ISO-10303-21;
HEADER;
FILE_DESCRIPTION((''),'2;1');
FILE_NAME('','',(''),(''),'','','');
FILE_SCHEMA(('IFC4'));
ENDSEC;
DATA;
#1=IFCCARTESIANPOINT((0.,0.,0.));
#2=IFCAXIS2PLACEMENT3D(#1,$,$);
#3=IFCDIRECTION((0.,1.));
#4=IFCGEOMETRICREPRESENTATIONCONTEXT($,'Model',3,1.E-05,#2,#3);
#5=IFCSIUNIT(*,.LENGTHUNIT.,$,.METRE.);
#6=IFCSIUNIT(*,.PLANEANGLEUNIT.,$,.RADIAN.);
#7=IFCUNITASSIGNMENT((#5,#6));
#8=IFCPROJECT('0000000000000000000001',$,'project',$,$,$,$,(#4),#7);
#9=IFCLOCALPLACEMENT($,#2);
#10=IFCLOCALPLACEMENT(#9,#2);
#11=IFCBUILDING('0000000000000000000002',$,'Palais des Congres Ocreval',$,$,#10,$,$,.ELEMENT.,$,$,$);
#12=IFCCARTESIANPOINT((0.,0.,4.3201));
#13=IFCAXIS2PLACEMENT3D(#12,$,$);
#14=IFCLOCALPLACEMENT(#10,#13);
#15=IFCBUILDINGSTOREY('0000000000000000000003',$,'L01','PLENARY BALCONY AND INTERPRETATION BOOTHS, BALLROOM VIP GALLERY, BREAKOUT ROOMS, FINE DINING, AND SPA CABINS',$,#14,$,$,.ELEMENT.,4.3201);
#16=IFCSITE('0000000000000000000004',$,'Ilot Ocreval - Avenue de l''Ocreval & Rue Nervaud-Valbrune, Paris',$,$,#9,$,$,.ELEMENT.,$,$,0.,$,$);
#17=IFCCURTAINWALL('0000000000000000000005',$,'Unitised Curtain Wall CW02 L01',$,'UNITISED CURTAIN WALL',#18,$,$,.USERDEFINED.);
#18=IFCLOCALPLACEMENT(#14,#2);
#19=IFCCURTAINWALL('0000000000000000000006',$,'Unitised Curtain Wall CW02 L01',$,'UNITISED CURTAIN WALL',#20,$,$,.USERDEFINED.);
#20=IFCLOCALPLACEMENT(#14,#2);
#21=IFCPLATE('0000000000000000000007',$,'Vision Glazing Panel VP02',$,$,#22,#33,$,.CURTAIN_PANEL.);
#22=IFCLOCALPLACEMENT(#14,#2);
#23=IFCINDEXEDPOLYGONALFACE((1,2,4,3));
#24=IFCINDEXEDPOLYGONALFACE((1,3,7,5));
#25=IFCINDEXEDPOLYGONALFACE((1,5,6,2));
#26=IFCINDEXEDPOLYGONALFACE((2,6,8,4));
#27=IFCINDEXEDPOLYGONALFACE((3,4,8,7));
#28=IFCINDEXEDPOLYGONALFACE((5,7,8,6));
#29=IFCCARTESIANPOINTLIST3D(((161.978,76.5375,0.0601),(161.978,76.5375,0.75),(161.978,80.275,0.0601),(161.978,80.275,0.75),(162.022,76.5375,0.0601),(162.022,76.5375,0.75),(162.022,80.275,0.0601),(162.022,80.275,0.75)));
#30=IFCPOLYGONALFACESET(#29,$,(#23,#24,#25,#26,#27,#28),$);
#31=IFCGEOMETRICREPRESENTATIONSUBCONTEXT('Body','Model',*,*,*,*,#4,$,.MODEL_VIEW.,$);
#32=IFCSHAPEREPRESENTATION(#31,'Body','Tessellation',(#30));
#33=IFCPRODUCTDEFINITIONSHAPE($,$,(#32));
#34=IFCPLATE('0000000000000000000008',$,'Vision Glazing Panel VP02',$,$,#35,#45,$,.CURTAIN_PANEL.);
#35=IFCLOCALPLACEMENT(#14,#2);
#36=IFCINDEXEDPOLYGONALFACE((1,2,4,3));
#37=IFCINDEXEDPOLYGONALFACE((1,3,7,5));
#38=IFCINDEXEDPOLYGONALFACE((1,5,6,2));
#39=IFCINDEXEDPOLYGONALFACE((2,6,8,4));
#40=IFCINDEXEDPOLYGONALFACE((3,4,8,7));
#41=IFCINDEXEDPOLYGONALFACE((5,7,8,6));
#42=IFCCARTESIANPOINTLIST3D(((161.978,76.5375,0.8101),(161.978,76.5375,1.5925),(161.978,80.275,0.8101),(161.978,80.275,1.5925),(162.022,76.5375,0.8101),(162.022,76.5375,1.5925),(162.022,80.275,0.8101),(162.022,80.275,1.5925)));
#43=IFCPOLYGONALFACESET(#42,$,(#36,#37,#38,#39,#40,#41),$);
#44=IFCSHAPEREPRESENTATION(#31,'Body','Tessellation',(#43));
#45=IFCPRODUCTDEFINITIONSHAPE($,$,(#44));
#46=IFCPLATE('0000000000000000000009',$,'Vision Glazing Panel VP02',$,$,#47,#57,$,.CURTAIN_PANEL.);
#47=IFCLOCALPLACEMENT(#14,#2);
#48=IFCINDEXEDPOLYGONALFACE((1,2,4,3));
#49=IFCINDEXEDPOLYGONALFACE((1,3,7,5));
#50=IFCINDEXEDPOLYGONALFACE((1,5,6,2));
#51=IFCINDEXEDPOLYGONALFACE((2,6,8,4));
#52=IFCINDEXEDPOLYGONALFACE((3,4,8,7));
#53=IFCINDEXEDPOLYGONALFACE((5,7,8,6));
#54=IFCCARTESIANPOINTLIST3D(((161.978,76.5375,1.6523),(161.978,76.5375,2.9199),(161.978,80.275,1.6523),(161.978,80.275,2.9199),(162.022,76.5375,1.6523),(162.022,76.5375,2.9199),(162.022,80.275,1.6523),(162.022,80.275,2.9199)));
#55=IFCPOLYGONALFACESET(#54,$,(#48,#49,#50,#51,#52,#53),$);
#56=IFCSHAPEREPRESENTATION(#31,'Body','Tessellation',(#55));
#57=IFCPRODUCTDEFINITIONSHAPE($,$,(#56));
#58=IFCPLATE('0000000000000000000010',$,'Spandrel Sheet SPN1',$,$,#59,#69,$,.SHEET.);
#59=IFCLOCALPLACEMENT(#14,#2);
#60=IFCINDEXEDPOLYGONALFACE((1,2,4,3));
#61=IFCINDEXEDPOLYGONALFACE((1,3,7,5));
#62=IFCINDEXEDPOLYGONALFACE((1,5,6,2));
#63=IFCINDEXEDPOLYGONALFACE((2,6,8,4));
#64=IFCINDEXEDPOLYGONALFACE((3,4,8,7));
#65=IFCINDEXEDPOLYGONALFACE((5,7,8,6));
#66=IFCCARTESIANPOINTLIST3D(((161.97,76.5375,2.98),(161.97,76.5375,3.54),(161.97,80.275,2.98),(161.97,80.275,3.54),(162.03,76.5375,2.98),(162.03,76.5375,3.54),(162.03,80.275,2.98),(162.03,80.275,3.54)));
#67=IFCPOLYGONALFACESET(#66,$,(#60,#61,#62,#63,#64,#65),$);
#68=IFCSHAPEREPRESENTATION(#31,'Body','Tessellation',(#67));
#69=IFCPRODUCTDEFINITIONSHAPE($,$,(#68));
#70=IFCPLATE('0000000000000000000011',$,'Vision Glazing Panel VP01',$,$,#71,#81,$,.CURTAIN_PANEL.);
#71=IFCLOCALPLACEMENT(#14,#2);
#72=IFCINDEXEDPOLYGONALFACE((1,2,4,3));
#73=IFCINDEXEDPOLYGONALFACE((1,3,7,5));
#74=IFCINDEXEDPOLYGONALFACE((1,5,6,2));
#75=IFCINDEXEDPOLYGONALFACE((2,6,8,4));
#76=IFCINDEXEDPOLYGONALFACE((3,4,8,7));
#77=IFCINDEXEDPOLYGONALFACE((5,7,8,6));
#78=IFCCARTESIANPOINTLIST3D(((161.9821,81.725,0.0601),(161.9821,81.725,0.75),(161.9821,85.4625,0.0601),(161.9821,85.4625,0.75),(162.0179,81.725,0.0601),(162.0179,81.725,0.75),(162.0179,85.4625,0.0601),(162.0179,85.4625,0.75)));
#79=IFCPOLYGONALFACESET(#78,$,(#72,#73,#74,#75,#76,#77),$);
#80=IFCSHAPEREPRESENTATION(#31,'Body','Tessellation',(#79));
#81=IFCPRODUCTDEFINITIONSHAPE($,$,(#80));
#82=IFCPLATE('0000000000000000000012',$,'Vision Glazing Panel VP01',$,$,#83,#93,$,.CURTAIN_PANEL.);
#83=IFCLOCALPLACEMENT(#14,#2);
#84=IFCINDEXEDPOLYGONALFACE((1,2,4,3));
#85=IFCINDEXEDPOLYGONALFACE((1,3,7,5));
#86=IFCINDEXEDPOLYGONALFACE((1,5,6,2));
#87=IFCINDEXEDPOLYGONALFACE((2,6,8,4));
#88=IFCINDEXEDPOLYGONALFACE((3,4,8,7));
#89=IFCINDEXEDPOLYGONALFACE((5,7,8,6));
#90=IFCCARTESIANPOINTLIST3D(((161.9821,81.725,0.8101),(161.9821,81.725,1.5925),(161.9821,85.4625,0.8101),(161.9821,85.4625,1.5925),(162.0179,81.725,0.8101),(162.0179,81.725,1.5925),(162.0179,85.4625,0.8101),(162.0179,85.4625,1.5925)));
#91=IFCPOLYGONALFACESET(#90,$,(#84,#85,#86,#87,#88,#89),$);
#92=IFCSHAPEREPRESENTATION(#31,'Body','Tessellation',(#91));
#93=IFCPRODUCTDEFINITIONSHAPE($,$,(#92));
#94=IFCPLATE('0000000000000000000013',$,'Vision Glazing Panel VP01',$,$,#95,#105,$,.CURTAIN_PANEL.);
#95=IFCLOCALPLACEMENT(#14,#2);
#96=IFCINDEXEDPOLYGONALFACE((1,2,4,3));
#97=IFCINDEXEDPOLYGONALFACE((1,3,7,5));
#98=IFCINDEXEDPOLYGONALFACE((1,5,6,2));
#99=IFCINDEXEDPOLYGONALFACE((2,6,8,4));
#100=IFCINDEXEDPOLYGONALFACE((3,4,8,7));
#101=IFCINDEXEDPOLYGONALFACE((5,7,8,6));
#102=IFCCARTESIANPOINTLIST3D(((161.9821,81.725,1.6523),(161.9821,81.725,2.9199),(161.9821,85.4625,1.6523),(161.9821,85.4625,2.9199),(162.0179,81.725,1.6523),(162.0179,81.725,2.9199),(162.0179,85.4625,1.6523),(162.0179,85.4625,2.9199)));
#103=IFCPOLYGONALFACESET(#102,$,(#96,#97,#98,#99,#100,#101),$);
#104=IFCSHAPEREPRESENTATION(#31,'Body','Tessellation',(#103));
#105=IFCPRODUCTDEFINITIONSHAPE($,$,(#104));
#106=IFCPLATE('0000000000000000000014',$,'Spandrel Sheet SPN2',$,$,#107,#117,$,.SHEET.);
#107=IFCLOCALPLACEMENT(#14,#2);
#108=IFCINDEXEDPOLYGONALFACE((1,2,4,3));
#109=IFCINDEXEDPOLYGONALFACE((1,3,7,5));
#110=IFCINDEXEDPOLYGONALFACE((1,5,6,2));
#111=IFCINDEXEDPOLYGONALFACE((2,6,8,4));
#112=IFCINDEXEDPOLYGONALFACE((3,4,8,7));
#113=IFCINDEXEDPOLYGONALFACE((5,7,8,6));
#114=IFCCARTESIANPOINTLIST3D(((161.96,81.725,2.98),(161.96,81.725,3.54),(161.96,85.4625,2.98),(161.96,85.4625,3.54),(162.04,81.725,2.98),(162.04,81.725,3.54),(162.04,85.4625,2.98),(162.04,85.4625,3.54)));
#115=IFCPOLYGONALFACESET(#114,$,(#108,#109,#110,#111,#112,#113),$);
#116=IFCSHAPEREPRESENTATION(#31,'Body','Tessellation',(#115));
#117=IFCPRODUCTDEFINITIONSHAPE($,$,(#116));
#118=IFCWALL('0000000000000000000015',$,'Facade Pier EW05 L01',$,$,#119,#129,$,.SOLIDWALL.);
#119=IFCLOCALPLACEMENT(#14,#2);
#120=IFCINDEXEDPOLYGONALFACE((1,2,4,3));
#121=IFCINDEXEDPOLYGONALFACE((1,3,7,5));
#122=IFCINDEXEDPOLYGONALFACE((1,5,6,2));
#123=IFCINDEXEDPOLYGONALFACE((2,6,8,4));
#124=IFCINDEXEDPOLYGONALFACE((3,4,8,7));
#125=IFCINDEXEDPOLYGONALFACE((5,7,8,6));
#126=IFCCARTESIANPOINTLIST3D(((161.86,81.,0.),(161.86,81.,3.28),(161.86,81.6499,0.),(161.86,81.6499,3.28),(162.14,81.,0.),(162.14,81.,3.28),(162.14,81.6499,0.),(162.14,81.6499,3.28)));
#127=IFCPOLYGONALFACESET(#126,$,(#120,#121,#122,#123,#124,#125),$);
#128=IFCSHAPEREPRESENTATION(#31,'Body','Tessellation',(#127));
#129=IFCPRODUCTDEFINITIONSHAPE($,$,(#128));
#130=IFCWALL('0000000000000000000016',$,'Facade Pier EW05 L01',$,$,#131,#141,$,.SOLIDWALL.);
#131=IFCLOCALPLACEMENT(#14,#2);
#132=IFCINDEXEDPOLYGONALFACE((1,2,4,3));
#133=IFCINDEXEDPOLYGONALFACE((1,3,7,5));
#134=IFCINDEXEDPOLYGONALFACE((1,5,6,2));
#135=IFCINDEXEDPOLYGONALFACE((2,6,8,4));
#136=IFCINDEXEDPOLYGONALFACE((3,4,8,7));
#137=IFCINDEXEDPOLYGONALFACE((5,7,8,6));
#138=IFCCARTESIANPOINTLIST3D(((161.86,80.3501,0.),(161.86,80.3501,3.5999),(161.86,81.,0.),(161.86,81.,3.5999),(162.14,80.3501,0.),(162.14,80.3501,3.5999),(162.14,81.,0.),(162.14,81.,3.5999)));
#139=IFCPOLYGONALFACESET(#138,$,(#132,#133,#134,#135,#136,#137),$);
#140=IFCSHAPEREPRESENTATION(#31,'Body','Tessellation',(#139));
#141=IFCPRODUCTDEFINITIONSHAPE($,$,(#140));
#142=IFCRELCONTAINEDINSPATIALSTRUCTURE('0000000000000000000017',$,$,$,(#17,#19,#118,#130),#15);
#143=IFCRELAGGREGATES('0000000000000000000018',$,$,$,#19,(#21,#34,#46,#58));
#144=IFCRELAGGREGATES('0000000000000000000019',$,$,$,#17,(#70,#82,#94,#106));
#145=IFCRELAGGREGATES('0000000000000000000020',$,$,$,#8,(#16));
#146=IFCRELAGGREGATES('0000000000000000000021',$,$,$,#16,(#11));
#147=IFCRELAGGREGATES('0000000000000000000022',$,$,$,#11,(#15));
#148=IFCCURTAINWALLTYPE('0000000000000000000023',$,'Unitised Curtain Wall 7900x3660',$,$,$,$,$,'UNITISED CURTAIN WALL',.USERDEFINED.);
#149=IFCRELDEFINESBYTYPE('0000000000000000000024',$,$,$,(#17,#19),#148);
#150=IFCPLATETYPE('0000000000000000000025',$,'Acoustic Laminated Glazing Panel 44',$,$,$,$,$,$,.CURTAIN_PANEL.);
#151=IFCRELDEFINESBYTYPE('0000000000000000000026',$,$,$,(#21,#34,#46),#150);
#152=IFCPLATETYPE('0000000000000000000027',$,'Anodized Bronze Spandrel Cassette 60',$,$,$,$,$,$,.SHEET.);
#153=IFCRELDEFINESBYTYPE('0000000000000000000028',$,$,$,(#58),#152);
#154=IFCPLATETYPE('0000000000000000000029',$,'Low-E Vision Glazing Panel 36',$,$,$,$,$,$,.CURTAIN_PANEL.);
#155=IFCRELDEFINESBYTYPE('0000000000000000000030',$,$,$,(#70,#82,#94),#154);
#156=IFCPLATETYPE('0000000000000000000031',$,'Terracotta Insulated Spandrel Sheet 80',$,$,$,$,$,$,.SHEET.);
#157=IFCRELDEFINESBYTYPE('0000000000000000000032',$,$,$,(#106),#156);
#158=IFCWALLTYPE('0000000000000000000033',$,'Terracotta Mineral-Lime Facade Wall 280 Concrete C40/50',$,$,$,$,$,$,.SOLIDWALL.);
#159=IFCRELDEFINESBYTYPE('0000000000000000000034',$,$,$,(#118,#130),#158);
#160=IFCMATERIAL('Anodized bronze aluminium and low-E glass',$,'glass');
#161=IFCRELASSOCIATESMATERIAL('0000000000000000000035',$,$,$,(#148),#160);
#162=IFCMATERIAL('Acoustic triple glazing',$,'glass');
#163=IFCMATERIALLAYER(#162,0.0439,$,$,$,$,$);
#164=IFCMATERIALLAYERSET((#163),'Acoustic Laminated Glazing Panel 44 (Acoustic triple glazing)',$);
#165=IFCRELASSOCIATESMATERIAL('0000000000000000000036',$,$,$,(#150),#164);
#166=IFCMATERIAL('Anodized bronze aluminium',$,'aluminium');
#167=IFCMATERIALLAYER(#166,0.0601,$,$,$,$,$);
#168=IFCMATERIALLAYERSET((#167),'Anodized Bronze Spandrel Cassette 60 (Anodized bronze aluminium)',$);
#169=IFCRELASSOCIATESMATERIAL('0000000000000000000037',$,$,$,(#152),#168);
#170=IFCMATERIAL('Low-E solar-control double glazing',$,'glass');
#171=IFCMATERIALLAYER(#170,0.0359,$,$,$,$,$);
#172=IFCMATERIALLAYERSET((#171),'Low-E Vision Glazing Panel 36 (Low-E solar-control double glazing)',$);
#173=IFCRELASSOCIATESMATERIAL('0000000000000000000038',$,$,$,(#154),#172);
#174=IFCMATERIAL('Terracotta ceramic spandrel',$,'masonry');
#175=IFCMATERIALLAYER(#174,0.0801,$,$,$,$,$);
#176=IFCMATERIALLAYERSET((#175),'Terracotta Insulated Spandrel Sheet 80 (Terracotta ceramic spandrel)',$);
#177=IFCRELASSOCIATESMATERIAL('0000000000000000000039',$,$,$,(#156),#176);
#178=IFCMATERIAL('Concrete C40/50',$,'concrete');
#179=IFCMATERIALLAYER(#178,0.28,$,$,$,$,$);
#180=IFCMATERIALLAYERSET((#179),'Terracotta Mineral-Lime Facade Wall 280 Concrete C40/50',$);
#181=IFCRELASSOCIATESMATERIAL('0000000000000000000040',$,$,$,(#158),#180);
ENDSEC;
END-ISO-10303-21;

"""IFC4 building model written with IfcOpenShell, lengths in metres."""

from ifc_helpers import new_model, si_unit, direction, frame, frame_2d, origin, origin_2d, place, context, subcontext, project, spatial, rectangle, extrude, material, layer, layer_set, type_object, element, aggregate, save


model = new_model("IFC4")

# Units and contexts
model_context = context("Model", 3, precision=1e-05, world=origin(), true_north=direction((0.0, 1.0)))
body_context = subcontext(model_context, "Body", "Model", "MODEL_VIEW")
ifc_project = project(units=[si_unit("LENGTHUNIT", "METRE"), si_unit("PLANEANGLEUNIT", "RADIAN")], contexts=[model_context])

# Site, building, storey
site_placement = place(None, origin())
site = spatial("IfcSite", under=ifc_project, at=site_placement, Name="Ilot Ocreval - Avenue de l'Ocreval & Rue Nervaud-Valbrune, Paris", CompositionType="ELEMENT", RefElevation=0.0)
building_placement = place(site_placement, origin())
building = spatial("IfcBuilding", under=site, at=building_placement, Name="Palais des Congres Ocreval", CompositionType="ELEMENT")
storey_placement = place(building_placement, frame((0.0, 0.0, 4.3201)))
storey = spatial("IfcBuildingStorey", under=building, at=storey_placement, Name="L01", Description="PLENARY BALCONY AND INTERPRETATION BOOTHS, BALLROOM VIP GALLERY, BREAKOUT ROOMS, FINE DINING, AND SPA CABINS", CompositionType="ELEMENT", Elevation=4.3201)

# Curtain wall
ifc_material_1 = material(Name="Anodized bronze aluminium and low-E glass", Category="glass")
curtain_wall_type = type_object("IfcCurtainWallType", Name="Unitised Curtain Wall 7900x3660", ElementType="UNITISED CURTAIN WALL", PredefinedType="USERDEFINED", material=ifc_material_1)
curtain_wall_1_placement = place(storey_placement, origin())
curtain_wall_1 = element("IfcCurtainWall", 1, at=curtain_wall_1_placement, inside=storey, type_object=curtain_wall_type, Name="Unitised Curtain Wall CW02 L01", ObjectType="UNITISED CURTAIN WALL", PredefinedType="USERDEFINED")
ifc_material_2 = material(Name="Anodized bronze aluminium", Category="aluminium")

# Curtain wall
curtain_wall_2_placement = place(storey_placement, origin())
curtain_wall_2 = element("IfcCurtainWall", 2, at=curtain_wall_2_placement, inside=storey, type_object=curtain_wall_type, Name="Unitised Curtain Wall CW02 L01", ObjectType="UNITISED CURTAIN WALL", PredefinedType="USERDEFINED")

# Plates
ifc_material_3 = material(Name="Acoustic triple glazing", Category="glass")
ifc_layer_1 = layer(ifc_material_3, 0.0439)
ifc_layer_set_1 = layer_set([ifc_layer_1], Name="Acoustic Laminated Glazing Panel 44 (Acoustic triple glazing)")
plate_type_1 = type_object("IfcPlateType", Name="Acoustic Laminated Glazing Panel 44", PredefinedType="CURTAIN_PANEL", material=ifc_layer_set_1)
plate_1_placement = place(storey_placement, frame((162.0, 78.4062, 0.0601), z_axis=(0.0, 0.0, 1.0), x_axis=(0.0, -1.0, 0.0)))
plate_1 = element("IfcPlate", 3, at=plate_1_placement, type_object=plate_type_1, Name="Vision Glazing Panel VP02", PredefinedType="CURTAIN_PANEL", context=body_context, shape_type="SweptSolid", body=[
    extrude(rectangle(XDim=3.7375, YDim=0.0439, at=origin_2d()), origin(), (0.0, 0.0, 1.0), 0.6899),
])
plate_2_placement = place(storey_placement, frame((162.0, 78.4062, 0.8101), z_axis=(0.0, 0.0, 1.0), x_axis=(0.0, -1.0, 0.0)))
plate_2 = element("IfcPlate", 4, at=plate_2_placement, type_object=plate_type_1, Name="Vision Glazing Panel VP02", PredefinedType="CURTAIN_PANEL", context=body_context, shape_type="SweptSolid", body=[
    extrude(rectangle(XDim=3.7375, YDim=0.0439, at=origin_2d()), origin(), (0.0, 0.0, 1.0), 0.7825),
])
plate_3_placement = place(storey_placement, frame((162.0, 78.4062, 1.6523), z_axis=(0.0, 0.0, 1.0), x_axis=(0.0, -1.0, 0.0)))
plate_3 = element("IfcPlate", 5, at=plate_3_placement, type_object=plate_type_1, Name="Vision Glazing Panel VP02", PredefinedType="CURTAIN_PANEL", context=body_context, shape_type="SweptSolid", body=[
    extrude(rectangle(XDim=3.7375, YDim=0.0439, at=origin_2d()), origin(), (0.0, 0.0, 1.0), 1.2676),
])
ifc_layer_2 = layer(ifc_material_2, 0.0601)
ifc_layer_set_2 = layer_set([ifc_layer_2], Name="Anodized Bronze Spandrel Cassette 60 (Anodized bronze aluminium)")
plate_type_2 = type_object("IfcPlateType", Name="Anodized Bronze Spandrel Cassette 60", PredefinedType="SHEET", material=ifc_layer_set_2)
plate_4_placement = place(storey_placement, frame((162.0, 78.4062, 2.98), z_axis=(0.0, 0.0, 1.0), x_axis=(0.0, -1.0, 0.0)))
plate_4 = element("IfcPlate", 6, at=plate_4_placement, type_object=plate_type_2, Name="Spandrel Sheet SPN1", PredefinedType="SHEET", context=body_context, shape_type="SweptSolid", body=[
    extrude(rectangle(XDim=3.7375, YDim=0.0601, at=origin_2d()), origin(), (0.0, 0.0, 1.0), 0.5601),
])
aggregate(curtain_wall_2, [plate_1, plate_2, plate_3, plate_4])
ifc_material_4 = material(Name="Low-E solar-control double glazing", Category="glass")
ifc_layer_3 = layer(ifc_material_4, 0.0359)
ifc_layer_set_3 = layer_set([ifc_layer_3], Name="Low-E Vision Glazing Panel 36 (Low-E solar-control double glazing)")
plate_type_3 = type_object("IfcPlateType", Name="Low-E Vision Glazing Panel 36", PredefinedType="CURTAIN_PANEL", material=ifc_layer_set_3)
plate_5_placement = place(storey_placement, frame((162.0, 83.5938, 0.0601), z_axis=(0.0, 0.0, 1.0), x_axis=(0.0, -1.0, 0.0)))
plate_5 = element("IfcPlate", 7, at=plate_5_placement, type_object=plate_type_3, Name="Vision Glazing Panel VP01", PredefinedType="CURTAIN_PANEL", context=body_context, shape_type="SweptSolid", body=[
    extrude(rectangle(XDim=3.7375, YDim=0.0359, at=origin_2d()), origin(), (0.0, 0.0, 1.0), 0.6899),
])
plate_6_placement = place(storey_placement, frame((162.0, 83.5938, 0.8101), z_axis=(0.0, 0.0, 1.0), x_axis=(0.0, -1.0, 0.0)))
plate_6 = element("IfcPlate", 8, at=plate_6_placement, type_object=plate_type_3, Name="Vision Glazing Panel VP01", PredefinedType="CURTAIN_PANEL", context=body_context, shape_type="SweptSolid", body=[
    extrude(rectangle(XDim=3.7375, YDim=0.0359, at=origin_2d()), origin(), (0.0, 0.0, 1.0), 0.7825),
])
plate_7_placement = place(storey_placement, frame((162.0, 83.5938, 1.6523), z_axis=(0.0, 0.0, 1.0), x_axis=(0.0, -1.0, 0.0)))
plate_7 = element("IfcPlate", 9, at=plate_7_placement, type_object=plate_type_3, Name="Vision Glazing Panel VP01", PredefinedType="CURTAIN_PANEL", context=body_context, shape_type="SweptSolid", body=[
    extrude(rectangle(XDim=3.7375, YDim=0.0359, at=origin_2d()), origin(), (0.0, 0.0, 1.0), 1.2676),
])
ifc_material_5 = material(Name="Terracotta ceramic spandrel", Category="masonry")
ifc_layer_4 = layer(ifc_material_5, 0.0801)
ifc_layer_set_4 = layer_set([ifc_layer_4], Name="Terracotta Insulated Spandrel Sheet 80 (Terracotta ceramic spandrel)")
plate_type_4 = type_object("IfcPlateType", Name="Terracotta Insulated Spandrel Sheet 80", PredefinedType="SHEET", material=ifc_layer_set_4)
plate_8_placement = place(storey_placement, frame((162.0, 83.5938, 2.98), z_axis=(0.0, 0.0, 1.0), x_axis=(0.0, -1.0, 0.0)))
plate_8 = element("IfcPlate", 10, at=plate_8_placement, type_object=plate_type_4, Name="Spandrel Sheet SPN2", PredefinedType="SHEET", context=body_context, shape_type="SweptSolid", body=[
    extrude(rectangle(XDim=3.7375, YDim=0.0801, at=origin_2d()), origin(), (0.0, 0.0, 1.0), 0.5601),
])
aggregate(curtain_wall_1, [plate_5, plate_6, plate_7, plate_8])

# Walls
ifc_material_6 = material(Name="Concrete C40/50", Category="concrete")
ifc_layer_5 = layer(ifc_material_6, 0.28)
ifc_layer_set_5 = layer_set([ifc_layer_5], Name="Terracotta Mineral-Lime Facade Wall 280 Concrete C40/50")
wall_type = type_object("IfcWallType", Name="Terracotta Mineral-Lime Facade Wall 280 Concrete C40/50", PredefinedType="SOLIDWALL", material=ifc_layer_set_5)
wall_1_placement = place(storey_placement, frame((162.0, 81.6499, 0.0), z_axis=(0.0, 0.0, 1.0), x_axis=(0.0, -1.0, 0.0)))
element("IfcWall", 11, at=wall_1_placement, inside=storey, type_object=wall_type, Name="Facade Pier EW05 L01", PredefinedType="SOLIDWALL", context=body_context, shape_type="SweptSolid", body=[
    extrude(rectangle(XDim=0.6499, YDim=0.28, at=frame_2d((0.325, 0.0))), origin(), (0.0, 0.0, 1.0), 3.28),
])
wall_2_placement = place(storey_placement, frame((162.0, 81.0, 0.0), z_axis=(0.0, 0.0, 1.0), x_axis=(0.0, -1.0, 0.0)))
element("IfcWall", 12, at=wall_2_placement, inside=storey, type_object=wall_type, Name="Facade Pier EW05 L01", PredefinedType="SOLIDWALL", context=body_context, shape_type="SweptSolid", body=[
    extrude(rectangle(XDim=0.6499, YDim=0.28, at=frame_2d((0.325, 0.0))), origin(), (0.0, 0.0, 1.0), 3.5999),
])

save(model, "model.ifc")
